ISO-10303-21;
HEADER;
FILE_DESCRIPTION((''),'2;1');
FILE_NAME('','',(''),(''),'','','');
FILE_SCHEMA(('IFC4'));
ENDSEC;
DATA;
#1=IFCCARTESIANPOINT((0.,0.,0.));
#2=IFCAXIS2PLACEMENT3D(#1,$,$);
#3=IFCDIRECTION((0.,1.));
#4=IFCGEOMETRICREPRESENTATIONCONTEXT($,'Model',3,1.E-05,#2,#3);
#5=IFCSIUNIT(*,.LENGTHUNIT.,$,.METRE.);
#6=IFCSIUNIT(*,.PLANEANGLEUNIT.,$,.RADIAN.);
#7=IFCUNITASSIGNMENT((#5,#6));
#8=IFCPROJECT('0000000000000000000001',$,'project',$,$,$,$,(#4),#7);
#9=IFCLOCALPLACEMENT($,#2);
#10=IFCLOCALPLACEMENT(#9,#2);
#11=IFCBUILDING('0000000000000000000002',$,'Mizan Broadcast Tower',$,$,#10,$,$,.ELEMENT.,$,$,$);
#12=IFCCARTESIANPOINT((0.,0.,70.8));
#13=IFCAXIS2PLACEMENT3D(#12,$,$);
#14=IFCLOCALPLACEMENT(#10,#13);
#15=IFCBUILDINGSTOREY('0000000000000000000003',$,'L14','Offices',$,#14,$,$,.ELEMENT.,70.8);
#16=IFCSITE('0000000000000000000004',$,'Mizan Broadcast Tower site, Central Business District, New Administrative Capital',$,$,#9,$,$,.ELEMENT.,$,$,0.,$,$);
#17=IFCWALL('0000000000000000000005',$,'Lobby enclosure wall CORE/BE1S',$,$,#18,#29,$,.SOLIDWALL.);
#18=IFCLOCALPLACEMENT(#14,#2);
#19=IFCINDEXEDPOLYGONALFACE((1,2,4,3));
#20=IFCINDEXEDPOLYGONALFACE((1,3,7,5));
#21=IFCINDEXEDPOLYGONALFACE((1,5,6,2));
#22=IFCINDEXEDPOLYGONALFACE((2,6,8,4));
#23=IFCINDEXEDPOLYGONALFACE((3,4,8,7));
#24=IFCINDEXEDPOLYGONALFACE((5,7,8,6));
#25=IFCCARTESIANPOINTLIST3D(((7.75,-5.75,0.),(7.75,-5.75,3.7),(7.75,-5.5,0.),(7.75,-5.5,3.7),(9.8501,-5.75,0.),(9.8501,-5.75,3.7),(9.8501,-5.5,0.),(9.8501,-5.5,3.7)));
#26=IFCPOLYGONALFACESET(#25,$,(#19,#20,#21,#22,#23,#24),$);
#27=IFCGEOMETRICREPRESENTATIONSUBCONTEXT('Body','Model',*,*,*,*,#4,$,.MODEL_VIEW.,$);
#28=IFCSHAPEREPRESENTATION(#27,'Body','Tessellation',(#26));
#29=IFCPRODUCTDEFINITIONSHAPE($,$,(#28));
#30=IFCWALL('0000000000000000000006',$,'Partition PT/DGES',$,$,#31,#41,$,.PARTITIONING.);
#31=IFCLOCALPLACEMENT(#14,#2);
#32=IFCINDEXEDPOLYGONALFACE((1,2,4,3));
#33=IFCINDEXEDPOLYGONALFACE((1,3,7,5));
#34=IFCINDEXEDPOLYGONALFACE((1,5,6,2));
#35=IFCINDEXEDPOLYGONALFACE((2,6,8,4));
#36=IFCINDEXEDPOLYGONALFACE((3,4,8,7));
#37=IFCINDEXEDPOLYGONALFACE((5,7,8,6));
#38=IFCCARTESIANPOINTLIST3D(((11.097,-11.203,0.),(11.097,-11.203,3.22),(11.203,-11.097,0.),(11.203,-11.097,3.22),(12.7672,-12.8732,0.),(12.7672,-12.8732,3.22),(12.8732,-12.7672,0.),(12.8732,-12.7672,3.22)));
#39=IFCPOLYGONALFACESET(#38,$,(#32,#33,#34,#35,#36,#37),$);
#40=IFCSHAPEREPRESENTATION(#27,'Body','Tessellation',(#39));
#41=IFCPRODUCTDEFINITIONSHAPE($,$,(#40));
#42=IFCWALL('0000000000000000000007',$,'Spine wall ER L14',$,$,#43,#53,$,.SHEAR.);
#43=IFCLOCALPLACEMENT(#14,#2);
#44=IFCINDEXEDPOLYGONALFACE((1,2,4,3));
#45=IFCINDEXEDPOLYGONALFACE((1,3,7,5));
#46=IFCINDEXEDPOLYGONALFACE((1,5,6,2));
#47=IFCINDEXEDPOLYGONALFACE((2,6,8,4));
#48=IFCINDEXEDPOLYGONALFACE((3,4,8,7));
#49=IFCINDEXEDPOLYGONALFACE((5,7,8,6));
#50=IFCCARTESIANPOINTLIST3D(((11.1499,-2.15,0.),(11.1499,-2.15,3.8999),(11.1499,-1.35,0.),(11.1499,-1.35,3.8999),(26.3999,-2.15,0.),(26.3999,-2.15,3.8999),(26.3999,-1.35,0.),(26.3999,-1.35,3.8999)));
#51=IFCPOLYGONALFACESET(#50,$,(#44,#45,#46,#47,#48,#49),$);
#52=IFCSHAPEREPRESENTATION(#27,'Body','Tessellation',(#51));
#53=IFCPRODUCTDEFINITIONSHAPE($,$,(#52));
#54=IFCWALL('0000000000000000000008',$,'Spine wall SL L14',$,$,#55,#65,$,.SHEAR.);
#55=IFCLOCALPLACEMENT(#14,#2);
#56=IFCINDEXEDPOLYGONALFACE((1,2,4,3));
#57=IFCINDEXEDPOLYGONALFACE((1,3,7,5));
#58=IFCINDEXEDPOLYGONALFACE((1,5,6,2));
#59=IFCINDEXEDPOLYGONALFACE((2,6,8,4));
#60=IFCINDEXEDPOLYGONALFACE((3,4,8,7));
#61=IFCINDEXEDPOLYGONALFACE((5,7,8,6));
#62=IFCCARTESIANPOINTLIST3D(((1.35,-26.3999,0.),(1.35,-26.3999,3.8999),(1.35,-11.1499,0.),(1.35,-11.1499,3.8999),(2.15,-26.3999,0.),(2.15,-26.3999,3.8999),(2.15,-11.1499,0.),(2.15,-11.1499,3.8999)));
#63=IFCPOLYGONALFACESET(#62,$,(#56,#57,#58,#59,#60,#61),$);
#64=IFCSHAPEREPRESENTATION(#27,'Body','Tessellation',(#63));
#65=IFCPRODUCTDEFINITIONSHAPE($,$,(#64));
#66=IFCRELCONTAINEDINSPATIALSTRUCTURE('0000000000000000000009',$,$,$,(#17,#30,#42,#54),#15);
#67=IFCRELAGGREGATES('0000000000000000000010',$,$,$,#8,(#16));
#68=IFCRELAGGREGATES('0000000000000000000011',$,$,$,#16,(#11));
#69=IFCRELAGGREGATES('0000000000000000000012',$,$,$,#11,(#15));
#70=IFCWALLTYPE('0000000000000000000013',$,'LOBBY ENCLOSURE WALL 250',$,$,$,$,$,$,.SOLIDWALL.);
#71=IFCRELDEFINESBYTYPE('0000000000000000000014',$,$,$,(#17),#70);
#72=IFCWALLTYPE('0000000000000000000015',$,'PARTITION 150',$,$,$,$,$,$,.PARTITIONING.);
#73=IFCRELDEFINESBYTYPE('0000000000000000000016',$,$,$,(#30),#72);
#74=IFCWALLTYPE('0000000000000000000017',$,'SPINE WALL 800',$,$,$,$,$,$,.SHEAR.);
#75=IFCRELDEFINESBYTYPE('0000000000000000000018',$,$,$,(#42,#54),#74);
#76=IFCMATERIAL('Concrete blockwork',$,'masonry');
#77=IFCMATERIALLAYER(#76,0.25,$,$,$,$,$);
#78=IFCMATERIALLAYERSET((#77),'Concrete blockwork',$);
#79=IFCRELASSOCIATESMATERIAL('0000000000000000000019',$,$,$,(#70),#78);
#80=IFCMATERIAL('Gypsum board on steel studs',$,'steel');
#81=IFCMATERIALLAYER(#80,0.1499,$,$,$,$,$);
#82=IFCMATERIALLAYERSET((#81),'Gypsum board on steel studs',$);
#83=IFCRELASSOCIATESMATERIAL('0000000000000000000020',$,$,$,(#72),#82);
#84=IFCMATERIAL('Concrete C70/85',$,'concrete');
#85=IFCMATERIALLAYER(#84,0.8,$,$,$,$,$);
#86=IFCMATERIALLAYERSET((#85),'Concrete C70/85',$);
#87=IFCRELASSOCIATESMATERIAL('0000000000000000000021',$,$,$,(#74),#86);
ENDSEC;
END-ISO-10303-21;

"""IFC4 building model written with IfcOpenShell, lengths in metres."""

from ifc_helpers import new_model, si_unit, direction, frame, frame_2d, origin, place, context, subcontext, project, spatial, rectangle, extrude, material, layer, layer_set, type_object, element, save


model = new_model("IFC4")

# Units and contexts
model_context = context("Model", 3, precision=1e-05, world=origin(), true_north=direction((0.0, 1.0)))
body_context = subcontext(model_context, "Body", "Model", "MODEL_VIEW")
ifc_project = project(units=[si_unit("LENGTHUNIT", "METRE"), si_unit("PLANEANGLEUNIT", "RADIAN")], contexts=[model_context])

# Site, building, storey
site_placement = place(None, origin())
site = spatial("IfcSite", under=ifc_project, at=site_placement, Name="Mizan Broadcast Tower site, Central Business District, New Administrative Capital", CompositionType="ELEMENT", RefElevation=0.0)
building_placement = place(site_placement, origin())
building = spatial("IfcBuilding", under=site, at=building_placement, Name="Mizan Broadcast Tower", CompositionType="ELEMENT")
storey_placement = place(building_placement, frame((0.0, 0.0, 70.8)))
storey = spatial("IfcBuildingStorey", under=building, at=storey_placement, Name="L14", Description="Offices", CompositionType="ELEMENT", Elevation=70.8)

# Walls
ifc_material_1 = material(Name="Concrete blockwork", Category="masonry")
ifc_layer_1 = layer(ifc_material_1, 0.25)
ifc_layer_set_1 = layer_set([ifc_layer_1], Name="Concrete blockwork")
wall_type_1 = type_object("IfcWallType", Name="LOBBY ENCLOSURE WALL 250", PredefinedType="SOLIDWALL", material=ifc_layer_set_1)
wall_1_placement = place(storey_placement, frame((7.75, -5.625, 0.0), z_axis=(0.0, 0.0, 1.0), x_axis=(1.0, 0.0, 0.0)))
element("IfcWall", 1, at=wall_1_placement, inside=storey, type_object=wall_type_1, Name="Lobby enclosure wall CORE/BE1S", PredefinedType="SOLIDWALL", context=body_context, shape_type="SweptSolid", body=[
    extrude(rectangle(XDim=2.1001, YDim=0.25, at=frame_2d((1.05, 0.0))), origin(), (0.0, 0.0, 1.0), 3.7),
])
ifc_material_2 = material(Name="Gypsum board on steel studs", Category="steel")
ifc_layer_2 = layer(ifc_material_2, 0.1499)
ifc_layer_set_2 = layer_set([ifc_layer_2], Name="Gypsum board on steel studs")
wall_type_2 = type_object("IfcWallType", Name="PARTITION 150", PredefinedType="PARTITIONING", material=ifc_layer_set_2)
wall_2_placement = place(storey_placement, frame((11.1499, -11.1499, 0.0), z_axis=(0.0, 0.0, 1.0), x_axis=(0.707107, -0.707107, 0.0)))
element("IfcWall", 2, at=wall_2_placement, inside=storey, type_object=wall_type_2, Name="Partition PT/DGES", PredefinedType="PARTITIONING", context=body_context, shape_type="SweptSolid", body=[
    extrude(rectangle(XDim=2.3621, YDim=0.1499, at=frame_2d((1.1812, 0.0))), origin(), (0.0, 0.0, 1.0), 3.22),
])
ifc_material_3 = material(Name="Concrete C70/85", Category="concrete")
ifc_layer_3 = layer(ifc_material_3, 0.8)
ifc_layer_set_3 = layer_set([ifc_layer_3], Name="Concrete C70/85")
wall_type_3 = type_object("IfcWallType", Name="SPINE WALL 800", PredefinedType="SHEAR", material=ifc_layer_set_3)
for number, where, z_axis, x_axis, name in (
    (3, (11.1499, -1.75, 0.0), (0.0, 0.0, 1.0), (1.0, 0.0, 0.0), "Spine wall ER L14"),
    (4, (1.75, -11.1499, 0.0), (0.0, 0.0, 1.0), (0.0, -1.0, 0.0), "Spine wall SL L14"),
):
    element("IfcWall", number, at=place(storey_placement, frame(where, z_axis=z_axis, x_axis=x_axis)), inside=storey, type_object=wall_type_3, Name=name, PredefinedType="SHEAR", context=body_context, shape_type="SweptSolid", body=[
        extrude(rectangle(XDim=15.25, YDim=0.8, at=frame_2d((7.625, 0.0))), origin(), (0.0, 0.0, 1.0), 3.8999),
    ])

save(model, "model.ifc")
